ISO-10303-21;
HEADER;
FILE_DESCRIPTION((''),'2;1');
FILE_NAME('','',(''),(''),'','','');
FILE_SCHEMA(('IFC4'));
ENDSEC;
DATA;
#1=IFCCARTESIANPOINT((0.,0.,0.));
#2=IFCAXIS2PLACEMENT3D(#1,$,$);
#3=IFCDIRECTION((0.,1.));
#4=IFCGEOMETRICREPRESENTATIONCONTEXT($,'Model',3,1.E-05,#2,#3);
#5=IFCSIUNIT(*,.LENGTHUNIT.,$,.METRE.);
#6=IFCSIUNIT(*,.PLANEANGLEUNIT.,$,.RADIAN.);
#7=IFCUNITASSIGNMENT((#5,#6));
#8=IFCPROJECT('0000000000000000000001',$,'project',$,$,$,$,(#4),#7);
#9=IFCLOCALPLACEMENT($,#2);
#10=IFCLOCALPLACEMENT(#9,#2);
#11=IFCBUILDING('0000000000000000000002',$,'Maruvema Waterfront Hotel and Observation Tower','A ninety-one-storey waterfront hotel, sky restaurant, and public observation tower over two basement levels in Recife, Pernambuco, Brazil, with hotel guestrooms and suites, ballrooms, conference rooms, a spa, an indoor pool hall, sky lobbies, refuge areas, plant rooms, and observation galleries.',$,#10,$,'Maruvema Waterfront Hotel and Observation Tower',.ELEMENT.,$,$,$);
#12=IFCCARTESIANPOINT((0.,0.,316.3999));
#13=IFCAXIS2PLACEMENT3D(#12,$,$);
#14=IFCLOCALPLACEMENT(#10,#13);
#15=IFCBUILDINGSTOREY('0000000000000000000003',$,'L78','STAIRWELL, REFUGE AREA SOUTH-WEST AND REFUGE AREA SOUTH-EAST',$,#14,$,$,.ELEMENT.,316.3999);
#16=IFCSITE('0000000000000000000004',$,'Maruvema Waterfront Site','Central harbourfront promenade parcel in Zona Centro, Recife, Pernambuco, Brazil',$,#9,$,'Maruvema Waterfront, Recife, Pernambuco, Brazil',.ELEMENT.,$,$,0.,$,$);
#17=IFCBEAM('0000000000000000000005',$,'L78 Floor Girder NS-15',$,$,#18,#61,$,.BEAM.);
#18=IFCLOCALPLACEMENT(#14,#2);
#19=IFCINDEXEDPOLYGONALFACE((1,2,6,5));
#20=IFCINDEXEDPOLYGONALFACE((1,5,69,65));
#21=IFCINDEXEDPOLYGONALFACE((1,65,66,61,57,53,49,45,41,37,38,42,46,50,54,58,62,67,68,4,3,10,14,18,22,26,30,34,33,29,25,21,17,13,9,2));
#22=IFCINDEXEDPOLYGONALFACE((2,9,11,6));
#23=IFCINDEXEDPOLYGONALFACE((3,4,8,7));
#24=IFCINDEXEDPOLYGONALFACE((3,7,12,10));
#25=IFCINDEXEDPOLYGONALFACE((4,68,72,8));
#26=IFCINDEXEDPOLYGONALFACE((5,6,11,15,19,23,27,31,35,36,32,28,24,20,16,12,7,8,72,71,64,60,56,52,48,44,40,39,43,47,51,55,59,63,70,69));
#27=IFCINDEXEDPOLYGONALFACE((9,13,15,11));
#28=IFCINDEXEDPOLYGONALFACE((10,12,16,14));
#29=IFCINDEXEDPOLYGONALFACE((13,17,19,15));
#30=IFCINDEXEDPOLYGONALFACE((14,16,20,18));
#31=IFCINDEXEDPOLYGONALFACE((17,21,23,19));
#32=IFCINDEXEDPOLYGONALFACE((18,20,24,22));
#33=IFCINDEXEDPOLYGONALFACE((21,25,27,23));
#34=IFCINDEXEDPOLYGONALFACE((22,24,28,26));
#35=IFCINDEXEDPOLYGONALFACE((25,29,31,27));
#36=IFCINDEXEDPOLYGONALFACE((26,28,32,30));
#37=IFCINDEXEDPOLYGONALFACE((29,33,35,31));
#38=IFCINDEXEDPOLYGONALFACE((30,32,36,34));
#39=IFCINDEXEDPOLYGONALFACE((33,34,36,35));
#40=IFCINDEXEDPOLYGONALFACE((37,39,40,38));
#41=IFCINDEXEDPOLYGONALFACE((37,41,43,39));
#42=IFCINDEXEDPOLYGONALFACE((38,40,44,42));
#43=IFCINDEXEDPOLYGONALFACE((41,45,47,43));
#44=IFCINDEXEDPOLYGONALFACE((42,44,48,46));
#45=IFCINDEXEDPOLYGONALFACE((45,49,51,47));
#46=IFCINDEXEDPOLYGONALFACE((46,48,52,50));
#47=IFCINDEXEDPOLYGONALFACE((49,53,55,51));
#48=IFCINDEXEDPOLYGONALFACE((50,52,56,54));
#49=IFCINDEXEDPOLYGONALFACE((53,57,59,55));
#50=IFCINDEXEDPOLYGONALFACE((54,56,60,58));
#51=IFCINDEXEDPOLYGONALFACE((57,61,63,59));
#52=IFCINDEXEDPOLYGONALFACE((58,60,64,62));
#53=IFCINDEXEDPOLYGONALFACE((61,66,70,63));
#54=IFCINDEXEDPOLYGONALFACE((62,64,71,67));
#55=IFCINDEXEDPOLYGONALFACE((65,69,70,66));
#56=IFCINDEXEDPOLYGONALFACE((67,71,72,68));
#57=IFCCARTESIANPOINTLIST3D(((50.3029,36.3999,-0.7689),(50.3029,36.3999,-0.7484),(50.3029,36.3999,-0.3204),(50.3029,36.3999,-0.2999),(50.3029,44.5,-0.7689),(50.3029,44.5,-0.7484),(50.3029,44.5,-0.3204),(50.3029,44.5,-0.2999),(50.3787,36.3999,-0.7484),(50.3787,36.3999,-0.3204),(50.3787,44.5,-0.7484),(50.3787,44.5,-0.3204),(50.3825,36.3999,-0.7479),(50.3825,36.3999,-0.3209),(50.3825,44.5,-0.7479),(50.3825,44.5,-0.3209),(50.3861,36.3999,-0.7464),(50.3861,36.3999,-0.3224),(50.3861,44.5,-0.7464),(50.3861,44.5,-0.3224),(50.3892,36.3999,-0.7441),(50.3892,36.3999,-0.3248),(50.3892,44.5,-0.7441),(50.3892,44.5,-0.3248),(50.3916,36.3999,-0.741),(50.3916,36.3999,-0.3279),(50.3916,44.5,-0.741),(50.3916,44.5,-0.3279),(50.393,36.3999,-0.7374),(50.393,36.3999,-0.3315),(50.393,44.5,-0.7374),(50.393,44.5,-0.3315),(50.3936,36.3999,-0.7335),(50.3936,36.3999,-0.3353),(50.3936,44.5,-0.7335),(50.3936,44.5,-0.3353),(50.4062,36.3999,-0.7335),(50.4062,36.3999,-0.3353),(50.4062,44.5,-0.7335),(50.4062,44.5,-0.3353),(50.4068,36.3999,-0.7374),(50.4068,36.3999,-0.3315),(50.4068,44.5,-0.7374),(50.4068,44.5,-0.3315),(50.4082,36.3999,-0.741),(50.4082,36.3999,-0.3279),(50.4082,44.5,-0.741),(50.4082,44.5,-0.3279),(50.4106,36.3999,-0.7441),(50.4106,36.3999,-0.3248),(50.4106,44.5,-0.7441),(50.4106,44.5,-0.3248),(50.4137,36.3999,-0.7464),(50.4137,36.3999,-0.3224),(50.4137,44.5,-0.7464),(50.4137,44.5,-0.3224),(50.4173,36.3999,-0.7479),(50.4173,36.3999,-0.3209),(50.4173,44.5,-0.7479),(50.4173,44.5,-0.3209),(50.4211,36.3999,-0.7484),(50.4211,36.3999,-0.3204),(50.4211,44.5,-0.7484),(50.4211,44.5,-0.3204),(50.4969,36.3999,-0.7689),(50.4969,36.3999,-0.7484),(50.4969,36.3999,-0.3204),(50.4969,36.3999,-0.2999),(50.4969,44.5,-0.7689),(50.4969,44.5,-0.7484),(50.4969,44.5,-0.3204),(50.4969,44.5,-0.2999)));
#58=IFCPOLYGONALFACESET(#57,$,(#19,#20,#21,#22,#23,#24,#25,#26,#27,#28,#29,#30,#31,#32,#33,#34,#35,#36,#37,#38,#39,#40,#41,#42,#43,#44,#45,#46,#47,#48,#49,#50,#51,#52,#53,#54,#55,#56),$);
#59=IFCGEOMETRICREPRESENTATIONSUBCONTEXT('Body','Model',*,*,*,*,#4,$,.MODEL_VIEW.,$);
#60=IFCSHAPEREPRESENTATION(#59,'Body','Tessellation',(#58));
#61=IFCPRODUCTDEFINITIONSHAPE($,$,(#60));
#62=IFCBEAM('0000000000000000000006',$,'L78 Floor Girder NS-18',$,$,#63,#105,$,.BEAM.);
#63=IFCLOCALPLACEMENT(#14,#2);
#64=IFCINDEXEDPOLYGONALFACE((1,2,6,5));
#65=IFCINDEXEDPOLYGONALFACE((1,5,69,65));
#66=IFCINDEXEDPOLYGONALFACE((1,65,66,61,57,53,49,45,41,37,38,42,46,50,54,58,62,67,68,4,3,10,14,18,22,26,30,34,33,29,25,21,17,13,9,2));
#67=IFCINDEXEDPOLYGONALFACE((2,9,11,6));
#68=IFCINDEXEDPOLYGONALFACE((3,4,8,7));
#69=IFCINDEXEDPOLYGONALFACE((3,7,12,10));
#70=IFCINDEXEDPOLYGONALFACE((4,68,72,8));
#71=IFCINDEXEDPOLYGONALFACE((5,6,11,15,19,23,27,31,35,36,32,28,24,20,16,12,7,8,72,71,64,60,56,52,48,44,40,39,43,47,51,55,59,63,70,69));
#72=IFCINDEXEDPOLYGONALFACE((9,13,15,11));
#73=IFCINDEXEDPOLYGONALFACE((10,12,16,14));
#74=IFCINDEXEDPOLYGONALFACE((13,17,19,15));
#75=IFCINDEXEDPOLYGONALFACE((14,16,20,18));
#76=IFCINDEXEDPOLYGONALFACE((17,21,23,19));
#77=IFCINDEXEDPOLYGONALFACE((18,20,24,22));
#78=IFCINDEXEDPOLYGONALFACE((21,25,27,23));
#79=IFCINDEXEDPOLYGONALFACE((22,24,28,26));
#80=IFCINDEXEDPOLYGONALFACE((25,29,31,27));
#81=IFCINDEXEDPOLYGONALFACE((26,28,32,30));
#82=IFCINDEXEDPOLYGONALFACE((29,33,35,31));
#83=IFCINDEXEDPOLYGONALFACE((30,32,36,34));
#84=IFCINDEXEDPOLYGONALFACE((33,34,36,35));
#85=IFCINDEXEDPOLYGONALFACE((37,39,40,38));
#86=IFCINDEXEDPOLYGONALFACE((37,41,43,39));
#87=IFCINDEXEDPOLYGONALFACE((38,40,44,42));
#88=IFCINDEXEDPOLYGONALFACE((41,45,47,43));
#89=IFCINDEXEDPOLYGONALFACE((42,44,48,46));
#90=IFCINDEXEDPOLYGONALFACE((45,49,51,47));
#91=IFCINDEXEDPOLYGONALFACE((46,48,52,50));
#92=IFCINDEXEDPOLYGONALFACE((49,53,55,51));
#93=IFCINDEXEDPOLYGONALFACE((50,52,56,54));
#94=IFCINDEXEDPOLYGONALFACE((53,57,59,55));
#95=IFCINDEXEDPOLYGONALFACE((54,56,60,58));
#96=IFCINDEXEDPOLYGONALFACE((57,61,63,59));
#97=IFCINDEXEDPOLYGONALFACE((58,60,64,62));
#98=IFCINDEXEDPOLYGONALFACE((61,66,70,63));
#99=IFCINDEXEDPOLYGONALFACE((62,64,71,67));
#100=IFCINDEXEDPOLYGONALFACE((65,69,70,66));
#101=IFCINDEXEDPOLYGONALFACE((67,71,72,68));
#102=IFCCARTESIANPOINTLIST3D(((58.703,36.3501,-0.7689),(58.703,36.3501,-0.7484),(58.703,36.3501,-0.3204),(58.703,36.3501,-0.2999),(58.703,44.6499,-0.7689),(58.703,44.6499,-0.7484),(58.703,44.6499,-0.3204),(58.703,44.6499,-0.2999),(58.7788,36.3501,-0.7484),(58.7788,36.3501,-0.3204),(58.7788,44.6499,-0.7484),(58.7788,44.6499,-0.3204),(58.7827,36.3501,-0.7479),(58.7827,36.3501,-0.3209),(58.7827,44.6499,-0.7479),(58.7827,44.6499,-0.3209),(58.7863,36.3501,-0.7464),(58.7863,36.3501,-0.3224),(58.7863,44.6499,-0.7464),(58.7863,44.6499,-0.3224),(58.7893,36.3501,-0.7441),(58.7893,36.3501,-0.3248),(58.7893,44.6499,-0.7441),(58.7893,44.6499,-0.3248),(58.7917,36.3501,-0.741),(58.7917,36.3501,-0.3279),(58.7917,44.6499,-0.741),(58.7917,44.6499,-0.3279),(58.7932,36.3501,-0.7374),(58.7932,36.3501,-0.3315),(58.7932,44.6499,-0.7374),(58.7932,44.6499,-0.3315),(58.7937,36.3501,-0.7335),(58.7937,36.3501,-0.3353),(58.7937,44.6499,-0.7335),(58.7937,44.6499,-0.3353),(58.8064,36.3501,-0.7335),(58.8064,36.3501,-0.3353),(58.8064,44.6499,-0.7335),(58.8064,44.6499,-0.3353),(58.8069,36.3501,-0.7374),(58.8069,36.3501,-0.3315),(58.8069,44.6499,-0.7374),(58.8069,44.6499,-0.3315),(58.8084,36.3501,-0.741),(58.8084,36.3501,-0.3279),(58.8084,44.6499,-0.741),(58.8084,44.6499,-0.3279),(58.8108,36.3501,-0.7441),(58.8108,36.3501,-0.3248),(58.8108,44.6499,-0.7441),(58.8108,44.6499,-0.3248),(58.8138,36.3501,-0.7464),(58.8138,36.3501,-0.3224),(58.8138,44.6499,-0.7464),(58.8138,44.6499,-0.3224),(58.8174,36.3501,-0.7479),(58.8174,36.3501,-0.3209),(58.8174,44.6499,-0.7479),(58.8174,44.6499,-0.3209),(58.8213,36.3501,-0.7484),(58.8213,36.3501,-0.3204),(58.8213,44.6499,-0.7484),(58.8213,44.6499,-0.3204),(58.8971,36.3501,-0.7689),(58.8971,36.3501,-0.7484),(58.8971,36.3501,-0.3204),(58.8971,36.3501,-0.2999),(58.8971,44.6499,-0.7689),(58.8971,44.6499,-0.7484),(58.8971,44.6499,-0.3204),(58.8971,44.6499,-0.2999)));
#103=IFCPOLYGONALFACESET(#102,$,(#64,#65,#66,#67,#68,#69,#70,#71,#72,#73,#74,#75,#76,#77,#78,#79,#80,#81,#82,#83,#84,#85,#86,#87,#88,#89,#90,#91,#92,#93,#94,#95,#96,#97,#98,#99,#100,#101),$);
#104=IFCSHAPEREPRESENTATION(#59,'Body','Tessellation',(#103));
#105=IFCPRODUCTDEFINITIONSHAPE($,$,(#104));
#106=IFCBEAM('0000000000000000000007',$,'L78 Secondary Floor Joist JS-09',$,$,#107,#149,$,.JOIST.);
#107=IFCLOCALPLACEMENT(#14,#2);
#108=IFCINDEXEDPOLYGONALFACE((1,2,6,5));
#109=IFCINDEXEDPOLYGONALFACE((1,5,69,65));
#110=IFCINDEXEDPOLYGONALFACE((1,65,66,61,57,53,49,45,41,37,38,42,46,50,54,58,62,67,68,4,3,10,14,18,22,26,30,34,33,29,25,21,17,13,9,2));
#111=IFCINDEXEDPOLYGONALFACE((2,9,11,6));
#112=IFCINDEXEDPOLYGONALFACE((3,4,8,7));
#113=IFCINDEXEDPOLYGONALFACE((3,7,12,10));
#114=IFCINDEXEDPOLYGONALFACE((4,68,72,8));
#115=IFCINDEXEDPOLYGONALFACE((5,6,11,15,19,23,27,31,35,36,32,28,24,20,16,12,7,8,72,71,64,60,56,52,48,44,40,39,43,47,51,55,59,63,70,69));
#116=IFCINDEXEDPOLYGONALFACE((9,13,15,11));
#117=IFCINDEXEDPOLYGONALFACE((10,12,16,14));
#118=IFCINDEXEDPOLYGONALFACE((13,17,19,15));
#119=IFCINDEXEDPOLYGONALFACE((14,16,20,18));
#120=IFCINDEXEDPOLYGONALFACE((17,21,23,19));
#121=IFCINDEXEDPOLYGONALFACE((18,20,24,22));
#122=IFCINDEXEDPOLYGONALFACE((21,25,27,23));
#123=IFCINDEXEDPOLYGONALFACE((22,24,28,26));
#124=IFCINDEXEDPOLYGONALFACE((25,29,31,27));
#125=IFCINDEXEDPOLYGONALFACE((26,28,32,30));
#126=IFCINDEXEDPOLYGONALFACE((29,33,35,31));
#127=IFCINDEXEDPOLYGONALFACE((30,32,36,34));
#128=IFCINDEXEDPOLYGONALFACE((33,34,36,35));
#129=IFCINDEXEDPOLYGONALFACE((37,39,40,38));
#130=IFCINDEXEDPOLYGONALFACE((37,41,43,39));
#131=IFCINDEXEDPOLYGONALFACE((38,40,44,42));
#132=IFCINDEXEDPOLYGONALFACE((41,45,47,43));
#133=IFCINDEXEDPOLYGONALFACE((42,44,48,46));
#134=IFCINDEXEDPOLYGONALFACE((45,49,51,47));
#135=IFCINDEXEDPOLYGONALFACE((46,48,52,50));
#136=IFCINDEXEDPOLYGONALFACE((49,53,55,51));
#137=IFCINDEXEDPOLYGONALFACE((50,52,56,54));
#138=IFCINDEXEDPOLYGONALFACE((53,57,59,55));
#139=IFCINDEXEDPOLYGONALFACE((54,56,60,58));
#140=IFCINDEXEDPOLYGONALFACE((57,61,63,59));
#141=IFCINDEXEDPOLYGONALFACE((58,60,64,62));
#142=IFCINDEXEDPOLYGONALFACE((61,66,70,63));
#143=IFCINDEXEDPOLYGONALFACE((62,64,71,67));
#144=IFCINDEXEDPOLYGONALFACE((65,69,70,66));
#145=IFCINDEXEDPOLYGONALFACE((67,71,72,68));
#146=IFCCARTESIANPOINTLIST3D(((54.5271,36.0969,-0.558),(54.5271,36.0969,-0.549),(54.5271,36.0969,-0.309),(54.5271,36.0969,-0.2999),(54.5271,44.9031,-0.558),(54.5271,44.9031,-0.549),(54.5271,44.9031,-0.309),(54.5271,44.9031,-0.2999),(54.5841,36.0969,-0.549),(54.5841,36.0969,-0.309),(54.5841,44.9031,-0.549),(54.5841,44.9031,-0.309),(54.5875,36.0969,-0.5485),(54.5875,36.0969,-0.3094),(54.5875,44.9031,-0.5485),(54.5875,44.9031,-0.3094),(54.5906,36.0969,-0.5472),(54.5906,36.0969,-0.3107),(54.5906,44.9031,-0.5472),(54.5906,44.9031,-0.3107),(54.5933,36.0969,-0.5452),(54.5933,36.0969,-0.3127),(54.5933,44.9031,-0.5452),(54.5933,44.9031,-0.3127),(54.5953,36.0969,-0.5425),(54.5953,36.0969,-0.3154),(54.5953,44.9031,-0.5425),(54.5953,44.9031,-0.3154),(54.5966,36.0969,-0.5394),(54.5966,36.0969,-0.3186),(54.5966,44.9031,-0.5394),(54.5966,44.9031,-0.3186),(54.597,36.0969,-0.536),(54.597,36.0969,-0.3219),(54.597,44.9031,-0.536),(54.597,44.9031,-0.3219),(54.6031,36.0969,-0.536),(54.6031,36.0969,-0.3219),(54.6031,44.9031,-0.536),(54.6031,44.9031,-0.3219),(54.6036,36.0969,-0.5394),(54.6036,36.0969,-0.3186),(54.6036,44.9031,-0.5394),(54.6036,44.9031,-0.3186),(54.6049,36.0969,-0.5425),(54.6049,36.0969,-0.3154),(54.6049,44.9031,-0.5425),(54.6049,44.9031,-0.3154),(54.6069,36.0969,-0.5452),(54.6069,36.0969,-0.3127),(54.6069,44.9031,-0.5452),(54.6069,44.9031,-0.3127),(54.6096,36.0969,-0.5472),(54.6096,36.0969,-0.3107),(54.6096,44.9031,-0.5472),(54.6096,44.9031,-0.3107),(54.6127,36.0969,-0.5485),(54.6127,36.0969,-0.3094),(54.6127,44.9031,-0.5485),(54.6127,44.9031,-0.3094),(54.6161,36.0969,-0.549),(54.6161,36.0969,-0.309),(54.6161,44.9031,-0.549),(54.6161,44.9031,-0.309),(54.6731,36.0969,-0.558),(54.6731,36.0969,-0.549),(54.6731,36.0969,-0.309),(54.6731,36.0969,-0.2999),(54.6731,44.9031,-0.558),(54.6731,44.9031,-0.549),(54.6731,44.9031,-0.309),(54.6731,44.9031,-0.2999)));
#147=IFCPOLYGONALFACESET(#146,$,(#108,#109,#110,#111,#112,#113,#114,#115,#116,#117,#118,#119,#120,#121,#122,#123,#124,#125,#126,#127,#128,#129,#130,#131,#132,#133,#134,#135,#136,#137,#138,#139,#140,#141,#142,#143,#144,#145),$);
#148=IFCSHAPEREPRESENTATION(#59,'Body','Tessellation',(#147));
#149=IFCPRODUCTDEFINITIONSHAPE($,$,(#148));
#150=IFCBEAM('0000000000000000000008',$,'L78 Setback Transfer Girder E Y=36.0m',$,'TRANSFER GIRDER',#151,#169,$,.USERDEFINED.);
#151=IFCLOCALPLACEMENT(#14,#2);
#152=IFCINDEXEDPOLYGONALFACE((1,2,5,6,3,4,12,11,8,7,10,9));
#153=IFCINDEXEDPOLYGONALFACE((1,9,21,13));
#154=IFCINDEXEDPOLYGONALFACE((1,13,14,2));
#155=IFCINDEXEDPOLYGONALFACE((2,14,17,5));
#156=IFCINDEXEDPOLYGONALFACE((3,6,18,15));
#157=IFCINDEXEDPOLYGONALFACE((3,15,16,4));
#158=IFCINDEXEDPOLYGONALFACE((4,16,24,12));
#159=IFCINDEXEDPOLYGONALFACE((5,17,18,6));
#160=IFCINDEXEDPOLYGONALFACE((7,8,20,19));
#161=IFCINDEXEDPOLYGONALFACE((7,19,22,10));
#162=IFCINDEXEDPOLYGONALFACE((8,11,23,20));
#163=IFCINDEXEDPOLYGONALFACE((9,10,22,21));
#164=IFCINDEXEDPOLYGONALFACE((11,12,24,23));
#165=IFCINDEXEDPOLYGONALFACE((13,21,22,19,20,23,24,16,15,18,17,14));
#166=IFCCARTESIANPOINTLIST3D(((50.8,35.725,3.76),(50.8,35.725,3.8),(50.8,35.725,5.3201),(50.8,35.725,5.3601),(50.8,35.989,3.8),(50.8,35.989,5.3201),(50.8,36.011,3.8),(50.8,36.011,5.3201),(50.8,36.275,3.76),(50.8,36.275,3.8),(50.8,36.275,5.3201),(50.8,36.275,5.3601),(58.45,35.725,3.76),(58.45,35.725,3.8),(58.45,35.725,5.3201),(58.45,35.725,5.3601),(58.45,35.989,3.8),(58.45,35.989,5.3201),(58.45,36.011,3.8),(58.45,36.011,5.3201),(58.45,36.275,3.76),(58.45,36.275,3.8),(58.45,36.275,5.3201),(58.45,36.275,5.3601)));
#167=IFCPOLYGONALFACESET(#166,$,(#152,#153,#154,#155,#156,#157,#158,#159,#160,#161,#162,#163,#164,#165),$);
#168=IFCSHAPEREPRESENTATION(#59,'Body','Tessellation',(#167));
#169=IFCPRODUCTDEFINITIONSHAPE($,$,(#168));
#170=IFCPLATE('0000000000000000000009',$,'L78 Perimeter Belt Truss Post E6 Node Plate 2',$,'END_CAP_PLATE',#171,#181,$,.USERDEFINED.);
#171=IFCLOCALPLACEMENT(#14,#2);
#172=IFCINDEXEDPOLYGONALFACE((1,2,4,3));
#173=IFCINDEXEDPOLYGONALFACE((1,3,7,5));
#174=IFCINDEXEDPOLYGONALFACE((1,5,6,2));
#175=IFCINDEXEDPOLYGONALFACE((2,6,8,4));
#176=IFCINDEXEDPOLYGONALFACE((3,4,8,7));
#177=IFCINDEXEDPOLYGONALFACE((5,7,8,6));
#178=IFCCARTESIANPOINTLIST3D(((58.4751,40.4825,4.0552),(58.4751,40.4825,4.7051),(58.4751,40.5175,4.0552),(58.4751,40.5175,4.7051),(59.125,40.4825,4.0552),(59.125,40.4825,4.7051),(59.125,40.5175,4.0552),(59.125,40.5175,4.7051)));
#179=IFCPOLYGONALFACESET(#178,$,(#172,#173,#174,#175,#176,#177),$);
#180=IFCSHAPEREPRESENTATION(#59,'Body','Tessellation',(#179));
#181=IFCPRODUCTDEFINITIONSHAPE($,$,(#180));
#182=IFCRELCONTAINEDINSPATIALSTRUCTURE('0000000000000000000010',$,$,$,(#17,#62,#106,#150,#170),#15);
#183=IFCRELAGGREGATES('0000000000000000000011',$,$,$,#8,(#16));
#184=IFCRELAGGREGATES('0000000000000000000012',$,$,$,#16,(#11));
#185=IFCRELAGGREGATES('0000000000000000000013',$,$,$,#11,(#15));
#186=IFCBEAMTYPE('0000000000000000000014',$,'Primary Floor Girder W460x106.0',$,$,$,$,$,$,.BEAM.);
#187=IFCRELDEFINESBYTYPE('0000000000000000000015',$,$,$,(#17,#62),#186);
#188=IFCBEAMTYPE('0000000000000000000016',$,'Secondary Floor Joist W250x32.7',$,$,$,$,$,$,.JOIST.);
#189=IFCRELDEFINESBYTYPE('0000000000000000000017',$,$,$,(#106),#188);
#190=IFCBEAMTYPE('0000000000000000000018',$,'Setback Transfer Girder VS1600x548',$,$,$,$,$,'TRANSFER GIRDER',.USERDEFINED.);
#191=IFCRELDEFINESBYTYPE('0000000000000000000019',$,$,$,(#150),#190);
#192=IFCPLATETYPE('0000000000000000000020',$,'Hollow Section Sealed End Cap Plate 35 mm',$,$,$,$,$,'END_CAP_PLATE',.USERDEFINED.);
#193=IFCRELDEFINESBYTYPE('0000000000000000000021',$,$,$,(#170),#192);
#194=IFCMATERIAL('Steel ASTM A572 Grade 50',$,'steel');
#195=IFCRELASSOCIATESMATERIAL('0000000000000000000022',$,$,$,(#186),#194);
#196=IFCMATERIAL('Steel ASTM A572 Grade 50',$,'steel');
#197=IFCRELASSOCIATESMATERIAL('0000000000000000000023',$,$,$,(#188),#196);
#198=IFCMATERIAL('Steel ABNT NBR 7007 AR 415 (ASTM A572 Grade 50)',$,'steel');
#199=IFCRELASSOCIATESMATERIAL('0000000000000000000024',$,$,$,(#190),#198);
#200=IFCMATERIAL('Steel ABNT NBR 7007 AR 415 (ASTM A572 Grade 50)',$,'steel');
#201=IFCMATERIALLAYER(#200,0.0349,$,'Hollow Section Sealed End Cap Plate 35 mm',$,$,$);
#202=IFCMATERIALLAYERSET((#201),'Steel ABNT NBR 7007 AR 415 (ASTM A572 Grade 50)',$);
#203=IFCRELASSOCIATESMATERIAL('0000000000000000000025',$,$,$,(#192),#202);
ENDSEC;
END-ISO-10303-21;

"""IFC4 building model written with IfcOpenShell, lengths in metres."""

from ifc_helpers import new_model, si_unit, direction, frame, origin, origin_2d, place, context, subcontext, project, spatial, rectangle, i_section, extrude, material, layer, layer_set, material_profile, profile_set, type_object, element, save


model = new_model("IFC4")

# Units and contexts
model_context = context("Model", 3, precision=1e-05, world=origin(), true_north=direction((0.0, 1.0)))
body_context = subcontext(model_context, "Body", "Model", "MODEL_VIEW")
ifc_project = project(units=[si_unit("LENGTHUNIT", "METRE"), si_unit("PLANEANGLEUNIT", "RADIAN")], contexts=[model_context])

# Site, building, storey
site_placement = place(None, origin())
site = spatial("IfcSite", under=ifc_project, at=site_placement, Name="Maruvema Waterfront Site", Description="Central harbourfront promenade parcel in Zona Centro, Recife, Pernambuco, Brazil", LongName="Maruvema Waterfront, Recife, Pernambuco, Brazil", CompositionType="ELEMENT", RefElevation=0.0)
building_placement = place(site_placement, origin())
building = spatial("IfcBuilding", under=site, at=building_placement, Name="Maruvema Waterfront Hotel and Observation Tower", Description="A ninety-one-storey waterfront hotel, sky restaurant, and public observation tower over two basement levels in Recife, Pernambuco, Brazil, with hotel guestrooms and suites, ballrooms, conference rooms, a spa, an indoor pool hall, sky lobbies, refuge areas, plant rooms, and observation galleries.", LongName="Maruvema Waterfront Hotel and Observation Tower", CompositionType="ELEMENT")
storey_placement = place(building_placement, frame((0.0, 0.0, 316.3999)))
storey = spatial("IfcBuildingStorey", under=building, at=storey_placement, Name="L78", Description="STAIRWELL, REFUGE AREA SOUTH-WEST AND REFUGE AREA SOUTH-EAST", CompositionType="ELEMENT", Elevation=316.3999)

# Beams
ifc_material_1 = material(Name="Steel ASTM A572 Grade 50", Category="steel")
ifc_material_profile_1 = material_profile(ifc_material_1, i_section(OverallWidth=0.1941, OverallDepth=0.469, WebThickness=0.0127, FlangeThickness=0.0205, FilletRadius=0.0149, at=origin_2d()), Name="W460x106.0")
ifc_profile_set_1 = profile_set([ifc_material_profile_1], Name="Steel ASTM A572 Grade 50")
beam_type_1 = type_object("IfcBeamType", Name="Primary Floor Girder W460x106.0", PredefinedType="BEAM", material=ifc_profile_set_1)
beam_1_placement = place(storey_placement, frame((50.3999, 36.3999, -0.5344), z_axis=(0.0, 1.0, 0.0), x_axis=(-1.0, 0.0, 0.0)))
element("IfcBeam", 1, at=beam_1_placement, inside=storey, type_object=beam_type_1, Name="L78 Floor Girder NS-15", PredefinedType="BEAM", context=body_context, shape_type="SweptSolid", body=[
    extrude(i_section(OverallWidth=0.1941, OverallDepth=0.469, WebThickness=0.0127, FlangeThickness=0.0205, FilletRadius=0.0149, at=origin_2d()), origin(), (0.0, 0.0, 1.0), 8.1001),
])
beam_2_placement = place(storey_placement, frame((58.8, 36.3501, -0.5344), z_axis=(0.0, 1.0, 0.0), x_axis=(-1.0, 0.0, 0.0)))
element("IfcBeam", 2, at=beam_2_placement, inside=storey, type_object=beam_type_1, Name="L78 Floor Girder NS-18", PredefinedType="BEAM", context=body_context, shape_type="SweptSolid", body=[
    extrude(i_section(OverallWidth=0.1941, OverallDepth=0.469, WebThickness=0.0127, FlangeThickness=0.0205, FilletRadius=0.0149, at=origin_2d()), origin(), (0.0, 0.0, 1.0), 8.2998),
])
ifc_material_2 = material(Name="Steel ASTM A572 Grade 50", Category="steel")
ifc_material_profile_2 = material_profile(ifc_material_2, i_section(OverallWidth=0.146, OverallDepth=0.2581, WebThickness=0.0061, FlangeThickness=0.009, FilletRadius=0.0129, at=origin_2d()), Name="W250x32.7")
ifc_profile_set_2 = profile_set([ifc_material_profile_2], Name="Steel ASTM A572 Grade 50")
beam_type_2 = type_object("IfcBeamType", Name="Secondary Floor Joist W250x32.7", PredefinedType="JOIST", material=ifc_profile_set_2)
beam_3_placement = place(storey_placement, frame((54.6001, 36.0969, -0.429), z_axis=(0.0, 1.0, 0.0), x_axis=(-1.0, 0.0, 0.0)))
element("IfcBeam", 3, at=beam_3_placement, inside=storey, type_object=beam_type_2, Name="L78 Secondary Floor Joist JS-09", PredefinedType="JOIST", context=body_context, shape_type="SweptSolid", body=[
    extrude(i_section(OverallWidth=0.146, OverallDepth=0.2581, WebThickness=0.0061, FlangeThickness=0.009, FilletRadius=0.0129, at=origin_2d()), origin(), (0.0, 0.0, 1.0), 8.8062),
])
ifc_material_3 = material(Name="Steel ABNT NBR 7007 AR 415 (ASTM A572 Grade 50)", Category="steel")
ifc_material_profile_3 = material_profile(ifc_material_3, i_section(OverallWidth=0.55, OverallDepth=1.6001, WebThickness=0.022, FlangeThickness=0.04, at=origin_2d()), Name="VS1600x548")
ifc_profile_set_3 = profile_set([ifc_material_profile_3], Name="Steel ABNT NBR 7007 AR 415 (ASTM A572 Grade 50)")
beam_type_3 = type_object("IfcBeamType", Name="Setback Transfer Girder VS1600x548", ElementType="TRANSFER GIRDER", PredefinedType="USERDEFINED", material=ifc_profile_set_3)
beam_4_placement = place(storey_placement, frame((50.8, 36.0, 4.5601), z_axis=(1.0, 0.0, 0.0), x_axis=(0.0, 1.0, 0.0)))
element("IfcBeam", 4, at=beam_4_placement, inside=storey, type_object=beam_type_3, Name="L78 Setback Transfer Girder E Y=36.0m", ObjectType="TRANSFER GIRDER", PredefinedType="USERDEFINED", context=body_context, shape_type="SweptSolid", body=[
    extrude(i_section(OverallWidth=0.55, OverallDepth=1.6001, WebThickness=0.022, FlangeThickness=0.04, at=origin_2d()), origin(), (0.0, 0.0, 1.0), 7.6499),
])

# Plate
ifc_material_4 = material(Name="Steel ABNT NBR 7007 AR 415 (ASTM A572 Grade 50)", Category="steel")
ifc_layer_1 = layer(ifc_material_4, 0.0349, Name="Hollow Section Sealed End Cap Plate 35 mm")
ifc_layer_set_1 = layer_set([ifc_layer_1], Name="Steel ABNT NBR 7007 AR 415 (ASTM A572 Grade 50)")
plate_type_1 = type_object("IfcPlateType", Name="Hollow Section Sealed End Cap Plate 35 mm", ElementType="END_CAP_PLATE", PredefinedType="USERDEFINED", material=ifc_layer_set_1)
plate_1_placement = place(storey_placement, frame((58.8, 40.5, 4.0552), z_axis=(0.0, 0.0, 1.0), x_axis=(1.0, 0.0, 0.0)))
element("IfcPlate", 5, at=plate_1_placement, inside=storey, type_object=plate_type_1, Name="L78 Perimeter Belt Truss Post E6 Node Plate 2", ObjectType="END_CAP_PLATE", PredefinedType="USERDEFINED", context=body_context, shape_type="SweptSolid", body=[
    extrude(rectangle(XDim=0.6499, YDim=0.0349, at=origin_2d()), origin(), (0.0, 0.0, 1.0), 0.6499),
])

save(model, "model.ifc")
